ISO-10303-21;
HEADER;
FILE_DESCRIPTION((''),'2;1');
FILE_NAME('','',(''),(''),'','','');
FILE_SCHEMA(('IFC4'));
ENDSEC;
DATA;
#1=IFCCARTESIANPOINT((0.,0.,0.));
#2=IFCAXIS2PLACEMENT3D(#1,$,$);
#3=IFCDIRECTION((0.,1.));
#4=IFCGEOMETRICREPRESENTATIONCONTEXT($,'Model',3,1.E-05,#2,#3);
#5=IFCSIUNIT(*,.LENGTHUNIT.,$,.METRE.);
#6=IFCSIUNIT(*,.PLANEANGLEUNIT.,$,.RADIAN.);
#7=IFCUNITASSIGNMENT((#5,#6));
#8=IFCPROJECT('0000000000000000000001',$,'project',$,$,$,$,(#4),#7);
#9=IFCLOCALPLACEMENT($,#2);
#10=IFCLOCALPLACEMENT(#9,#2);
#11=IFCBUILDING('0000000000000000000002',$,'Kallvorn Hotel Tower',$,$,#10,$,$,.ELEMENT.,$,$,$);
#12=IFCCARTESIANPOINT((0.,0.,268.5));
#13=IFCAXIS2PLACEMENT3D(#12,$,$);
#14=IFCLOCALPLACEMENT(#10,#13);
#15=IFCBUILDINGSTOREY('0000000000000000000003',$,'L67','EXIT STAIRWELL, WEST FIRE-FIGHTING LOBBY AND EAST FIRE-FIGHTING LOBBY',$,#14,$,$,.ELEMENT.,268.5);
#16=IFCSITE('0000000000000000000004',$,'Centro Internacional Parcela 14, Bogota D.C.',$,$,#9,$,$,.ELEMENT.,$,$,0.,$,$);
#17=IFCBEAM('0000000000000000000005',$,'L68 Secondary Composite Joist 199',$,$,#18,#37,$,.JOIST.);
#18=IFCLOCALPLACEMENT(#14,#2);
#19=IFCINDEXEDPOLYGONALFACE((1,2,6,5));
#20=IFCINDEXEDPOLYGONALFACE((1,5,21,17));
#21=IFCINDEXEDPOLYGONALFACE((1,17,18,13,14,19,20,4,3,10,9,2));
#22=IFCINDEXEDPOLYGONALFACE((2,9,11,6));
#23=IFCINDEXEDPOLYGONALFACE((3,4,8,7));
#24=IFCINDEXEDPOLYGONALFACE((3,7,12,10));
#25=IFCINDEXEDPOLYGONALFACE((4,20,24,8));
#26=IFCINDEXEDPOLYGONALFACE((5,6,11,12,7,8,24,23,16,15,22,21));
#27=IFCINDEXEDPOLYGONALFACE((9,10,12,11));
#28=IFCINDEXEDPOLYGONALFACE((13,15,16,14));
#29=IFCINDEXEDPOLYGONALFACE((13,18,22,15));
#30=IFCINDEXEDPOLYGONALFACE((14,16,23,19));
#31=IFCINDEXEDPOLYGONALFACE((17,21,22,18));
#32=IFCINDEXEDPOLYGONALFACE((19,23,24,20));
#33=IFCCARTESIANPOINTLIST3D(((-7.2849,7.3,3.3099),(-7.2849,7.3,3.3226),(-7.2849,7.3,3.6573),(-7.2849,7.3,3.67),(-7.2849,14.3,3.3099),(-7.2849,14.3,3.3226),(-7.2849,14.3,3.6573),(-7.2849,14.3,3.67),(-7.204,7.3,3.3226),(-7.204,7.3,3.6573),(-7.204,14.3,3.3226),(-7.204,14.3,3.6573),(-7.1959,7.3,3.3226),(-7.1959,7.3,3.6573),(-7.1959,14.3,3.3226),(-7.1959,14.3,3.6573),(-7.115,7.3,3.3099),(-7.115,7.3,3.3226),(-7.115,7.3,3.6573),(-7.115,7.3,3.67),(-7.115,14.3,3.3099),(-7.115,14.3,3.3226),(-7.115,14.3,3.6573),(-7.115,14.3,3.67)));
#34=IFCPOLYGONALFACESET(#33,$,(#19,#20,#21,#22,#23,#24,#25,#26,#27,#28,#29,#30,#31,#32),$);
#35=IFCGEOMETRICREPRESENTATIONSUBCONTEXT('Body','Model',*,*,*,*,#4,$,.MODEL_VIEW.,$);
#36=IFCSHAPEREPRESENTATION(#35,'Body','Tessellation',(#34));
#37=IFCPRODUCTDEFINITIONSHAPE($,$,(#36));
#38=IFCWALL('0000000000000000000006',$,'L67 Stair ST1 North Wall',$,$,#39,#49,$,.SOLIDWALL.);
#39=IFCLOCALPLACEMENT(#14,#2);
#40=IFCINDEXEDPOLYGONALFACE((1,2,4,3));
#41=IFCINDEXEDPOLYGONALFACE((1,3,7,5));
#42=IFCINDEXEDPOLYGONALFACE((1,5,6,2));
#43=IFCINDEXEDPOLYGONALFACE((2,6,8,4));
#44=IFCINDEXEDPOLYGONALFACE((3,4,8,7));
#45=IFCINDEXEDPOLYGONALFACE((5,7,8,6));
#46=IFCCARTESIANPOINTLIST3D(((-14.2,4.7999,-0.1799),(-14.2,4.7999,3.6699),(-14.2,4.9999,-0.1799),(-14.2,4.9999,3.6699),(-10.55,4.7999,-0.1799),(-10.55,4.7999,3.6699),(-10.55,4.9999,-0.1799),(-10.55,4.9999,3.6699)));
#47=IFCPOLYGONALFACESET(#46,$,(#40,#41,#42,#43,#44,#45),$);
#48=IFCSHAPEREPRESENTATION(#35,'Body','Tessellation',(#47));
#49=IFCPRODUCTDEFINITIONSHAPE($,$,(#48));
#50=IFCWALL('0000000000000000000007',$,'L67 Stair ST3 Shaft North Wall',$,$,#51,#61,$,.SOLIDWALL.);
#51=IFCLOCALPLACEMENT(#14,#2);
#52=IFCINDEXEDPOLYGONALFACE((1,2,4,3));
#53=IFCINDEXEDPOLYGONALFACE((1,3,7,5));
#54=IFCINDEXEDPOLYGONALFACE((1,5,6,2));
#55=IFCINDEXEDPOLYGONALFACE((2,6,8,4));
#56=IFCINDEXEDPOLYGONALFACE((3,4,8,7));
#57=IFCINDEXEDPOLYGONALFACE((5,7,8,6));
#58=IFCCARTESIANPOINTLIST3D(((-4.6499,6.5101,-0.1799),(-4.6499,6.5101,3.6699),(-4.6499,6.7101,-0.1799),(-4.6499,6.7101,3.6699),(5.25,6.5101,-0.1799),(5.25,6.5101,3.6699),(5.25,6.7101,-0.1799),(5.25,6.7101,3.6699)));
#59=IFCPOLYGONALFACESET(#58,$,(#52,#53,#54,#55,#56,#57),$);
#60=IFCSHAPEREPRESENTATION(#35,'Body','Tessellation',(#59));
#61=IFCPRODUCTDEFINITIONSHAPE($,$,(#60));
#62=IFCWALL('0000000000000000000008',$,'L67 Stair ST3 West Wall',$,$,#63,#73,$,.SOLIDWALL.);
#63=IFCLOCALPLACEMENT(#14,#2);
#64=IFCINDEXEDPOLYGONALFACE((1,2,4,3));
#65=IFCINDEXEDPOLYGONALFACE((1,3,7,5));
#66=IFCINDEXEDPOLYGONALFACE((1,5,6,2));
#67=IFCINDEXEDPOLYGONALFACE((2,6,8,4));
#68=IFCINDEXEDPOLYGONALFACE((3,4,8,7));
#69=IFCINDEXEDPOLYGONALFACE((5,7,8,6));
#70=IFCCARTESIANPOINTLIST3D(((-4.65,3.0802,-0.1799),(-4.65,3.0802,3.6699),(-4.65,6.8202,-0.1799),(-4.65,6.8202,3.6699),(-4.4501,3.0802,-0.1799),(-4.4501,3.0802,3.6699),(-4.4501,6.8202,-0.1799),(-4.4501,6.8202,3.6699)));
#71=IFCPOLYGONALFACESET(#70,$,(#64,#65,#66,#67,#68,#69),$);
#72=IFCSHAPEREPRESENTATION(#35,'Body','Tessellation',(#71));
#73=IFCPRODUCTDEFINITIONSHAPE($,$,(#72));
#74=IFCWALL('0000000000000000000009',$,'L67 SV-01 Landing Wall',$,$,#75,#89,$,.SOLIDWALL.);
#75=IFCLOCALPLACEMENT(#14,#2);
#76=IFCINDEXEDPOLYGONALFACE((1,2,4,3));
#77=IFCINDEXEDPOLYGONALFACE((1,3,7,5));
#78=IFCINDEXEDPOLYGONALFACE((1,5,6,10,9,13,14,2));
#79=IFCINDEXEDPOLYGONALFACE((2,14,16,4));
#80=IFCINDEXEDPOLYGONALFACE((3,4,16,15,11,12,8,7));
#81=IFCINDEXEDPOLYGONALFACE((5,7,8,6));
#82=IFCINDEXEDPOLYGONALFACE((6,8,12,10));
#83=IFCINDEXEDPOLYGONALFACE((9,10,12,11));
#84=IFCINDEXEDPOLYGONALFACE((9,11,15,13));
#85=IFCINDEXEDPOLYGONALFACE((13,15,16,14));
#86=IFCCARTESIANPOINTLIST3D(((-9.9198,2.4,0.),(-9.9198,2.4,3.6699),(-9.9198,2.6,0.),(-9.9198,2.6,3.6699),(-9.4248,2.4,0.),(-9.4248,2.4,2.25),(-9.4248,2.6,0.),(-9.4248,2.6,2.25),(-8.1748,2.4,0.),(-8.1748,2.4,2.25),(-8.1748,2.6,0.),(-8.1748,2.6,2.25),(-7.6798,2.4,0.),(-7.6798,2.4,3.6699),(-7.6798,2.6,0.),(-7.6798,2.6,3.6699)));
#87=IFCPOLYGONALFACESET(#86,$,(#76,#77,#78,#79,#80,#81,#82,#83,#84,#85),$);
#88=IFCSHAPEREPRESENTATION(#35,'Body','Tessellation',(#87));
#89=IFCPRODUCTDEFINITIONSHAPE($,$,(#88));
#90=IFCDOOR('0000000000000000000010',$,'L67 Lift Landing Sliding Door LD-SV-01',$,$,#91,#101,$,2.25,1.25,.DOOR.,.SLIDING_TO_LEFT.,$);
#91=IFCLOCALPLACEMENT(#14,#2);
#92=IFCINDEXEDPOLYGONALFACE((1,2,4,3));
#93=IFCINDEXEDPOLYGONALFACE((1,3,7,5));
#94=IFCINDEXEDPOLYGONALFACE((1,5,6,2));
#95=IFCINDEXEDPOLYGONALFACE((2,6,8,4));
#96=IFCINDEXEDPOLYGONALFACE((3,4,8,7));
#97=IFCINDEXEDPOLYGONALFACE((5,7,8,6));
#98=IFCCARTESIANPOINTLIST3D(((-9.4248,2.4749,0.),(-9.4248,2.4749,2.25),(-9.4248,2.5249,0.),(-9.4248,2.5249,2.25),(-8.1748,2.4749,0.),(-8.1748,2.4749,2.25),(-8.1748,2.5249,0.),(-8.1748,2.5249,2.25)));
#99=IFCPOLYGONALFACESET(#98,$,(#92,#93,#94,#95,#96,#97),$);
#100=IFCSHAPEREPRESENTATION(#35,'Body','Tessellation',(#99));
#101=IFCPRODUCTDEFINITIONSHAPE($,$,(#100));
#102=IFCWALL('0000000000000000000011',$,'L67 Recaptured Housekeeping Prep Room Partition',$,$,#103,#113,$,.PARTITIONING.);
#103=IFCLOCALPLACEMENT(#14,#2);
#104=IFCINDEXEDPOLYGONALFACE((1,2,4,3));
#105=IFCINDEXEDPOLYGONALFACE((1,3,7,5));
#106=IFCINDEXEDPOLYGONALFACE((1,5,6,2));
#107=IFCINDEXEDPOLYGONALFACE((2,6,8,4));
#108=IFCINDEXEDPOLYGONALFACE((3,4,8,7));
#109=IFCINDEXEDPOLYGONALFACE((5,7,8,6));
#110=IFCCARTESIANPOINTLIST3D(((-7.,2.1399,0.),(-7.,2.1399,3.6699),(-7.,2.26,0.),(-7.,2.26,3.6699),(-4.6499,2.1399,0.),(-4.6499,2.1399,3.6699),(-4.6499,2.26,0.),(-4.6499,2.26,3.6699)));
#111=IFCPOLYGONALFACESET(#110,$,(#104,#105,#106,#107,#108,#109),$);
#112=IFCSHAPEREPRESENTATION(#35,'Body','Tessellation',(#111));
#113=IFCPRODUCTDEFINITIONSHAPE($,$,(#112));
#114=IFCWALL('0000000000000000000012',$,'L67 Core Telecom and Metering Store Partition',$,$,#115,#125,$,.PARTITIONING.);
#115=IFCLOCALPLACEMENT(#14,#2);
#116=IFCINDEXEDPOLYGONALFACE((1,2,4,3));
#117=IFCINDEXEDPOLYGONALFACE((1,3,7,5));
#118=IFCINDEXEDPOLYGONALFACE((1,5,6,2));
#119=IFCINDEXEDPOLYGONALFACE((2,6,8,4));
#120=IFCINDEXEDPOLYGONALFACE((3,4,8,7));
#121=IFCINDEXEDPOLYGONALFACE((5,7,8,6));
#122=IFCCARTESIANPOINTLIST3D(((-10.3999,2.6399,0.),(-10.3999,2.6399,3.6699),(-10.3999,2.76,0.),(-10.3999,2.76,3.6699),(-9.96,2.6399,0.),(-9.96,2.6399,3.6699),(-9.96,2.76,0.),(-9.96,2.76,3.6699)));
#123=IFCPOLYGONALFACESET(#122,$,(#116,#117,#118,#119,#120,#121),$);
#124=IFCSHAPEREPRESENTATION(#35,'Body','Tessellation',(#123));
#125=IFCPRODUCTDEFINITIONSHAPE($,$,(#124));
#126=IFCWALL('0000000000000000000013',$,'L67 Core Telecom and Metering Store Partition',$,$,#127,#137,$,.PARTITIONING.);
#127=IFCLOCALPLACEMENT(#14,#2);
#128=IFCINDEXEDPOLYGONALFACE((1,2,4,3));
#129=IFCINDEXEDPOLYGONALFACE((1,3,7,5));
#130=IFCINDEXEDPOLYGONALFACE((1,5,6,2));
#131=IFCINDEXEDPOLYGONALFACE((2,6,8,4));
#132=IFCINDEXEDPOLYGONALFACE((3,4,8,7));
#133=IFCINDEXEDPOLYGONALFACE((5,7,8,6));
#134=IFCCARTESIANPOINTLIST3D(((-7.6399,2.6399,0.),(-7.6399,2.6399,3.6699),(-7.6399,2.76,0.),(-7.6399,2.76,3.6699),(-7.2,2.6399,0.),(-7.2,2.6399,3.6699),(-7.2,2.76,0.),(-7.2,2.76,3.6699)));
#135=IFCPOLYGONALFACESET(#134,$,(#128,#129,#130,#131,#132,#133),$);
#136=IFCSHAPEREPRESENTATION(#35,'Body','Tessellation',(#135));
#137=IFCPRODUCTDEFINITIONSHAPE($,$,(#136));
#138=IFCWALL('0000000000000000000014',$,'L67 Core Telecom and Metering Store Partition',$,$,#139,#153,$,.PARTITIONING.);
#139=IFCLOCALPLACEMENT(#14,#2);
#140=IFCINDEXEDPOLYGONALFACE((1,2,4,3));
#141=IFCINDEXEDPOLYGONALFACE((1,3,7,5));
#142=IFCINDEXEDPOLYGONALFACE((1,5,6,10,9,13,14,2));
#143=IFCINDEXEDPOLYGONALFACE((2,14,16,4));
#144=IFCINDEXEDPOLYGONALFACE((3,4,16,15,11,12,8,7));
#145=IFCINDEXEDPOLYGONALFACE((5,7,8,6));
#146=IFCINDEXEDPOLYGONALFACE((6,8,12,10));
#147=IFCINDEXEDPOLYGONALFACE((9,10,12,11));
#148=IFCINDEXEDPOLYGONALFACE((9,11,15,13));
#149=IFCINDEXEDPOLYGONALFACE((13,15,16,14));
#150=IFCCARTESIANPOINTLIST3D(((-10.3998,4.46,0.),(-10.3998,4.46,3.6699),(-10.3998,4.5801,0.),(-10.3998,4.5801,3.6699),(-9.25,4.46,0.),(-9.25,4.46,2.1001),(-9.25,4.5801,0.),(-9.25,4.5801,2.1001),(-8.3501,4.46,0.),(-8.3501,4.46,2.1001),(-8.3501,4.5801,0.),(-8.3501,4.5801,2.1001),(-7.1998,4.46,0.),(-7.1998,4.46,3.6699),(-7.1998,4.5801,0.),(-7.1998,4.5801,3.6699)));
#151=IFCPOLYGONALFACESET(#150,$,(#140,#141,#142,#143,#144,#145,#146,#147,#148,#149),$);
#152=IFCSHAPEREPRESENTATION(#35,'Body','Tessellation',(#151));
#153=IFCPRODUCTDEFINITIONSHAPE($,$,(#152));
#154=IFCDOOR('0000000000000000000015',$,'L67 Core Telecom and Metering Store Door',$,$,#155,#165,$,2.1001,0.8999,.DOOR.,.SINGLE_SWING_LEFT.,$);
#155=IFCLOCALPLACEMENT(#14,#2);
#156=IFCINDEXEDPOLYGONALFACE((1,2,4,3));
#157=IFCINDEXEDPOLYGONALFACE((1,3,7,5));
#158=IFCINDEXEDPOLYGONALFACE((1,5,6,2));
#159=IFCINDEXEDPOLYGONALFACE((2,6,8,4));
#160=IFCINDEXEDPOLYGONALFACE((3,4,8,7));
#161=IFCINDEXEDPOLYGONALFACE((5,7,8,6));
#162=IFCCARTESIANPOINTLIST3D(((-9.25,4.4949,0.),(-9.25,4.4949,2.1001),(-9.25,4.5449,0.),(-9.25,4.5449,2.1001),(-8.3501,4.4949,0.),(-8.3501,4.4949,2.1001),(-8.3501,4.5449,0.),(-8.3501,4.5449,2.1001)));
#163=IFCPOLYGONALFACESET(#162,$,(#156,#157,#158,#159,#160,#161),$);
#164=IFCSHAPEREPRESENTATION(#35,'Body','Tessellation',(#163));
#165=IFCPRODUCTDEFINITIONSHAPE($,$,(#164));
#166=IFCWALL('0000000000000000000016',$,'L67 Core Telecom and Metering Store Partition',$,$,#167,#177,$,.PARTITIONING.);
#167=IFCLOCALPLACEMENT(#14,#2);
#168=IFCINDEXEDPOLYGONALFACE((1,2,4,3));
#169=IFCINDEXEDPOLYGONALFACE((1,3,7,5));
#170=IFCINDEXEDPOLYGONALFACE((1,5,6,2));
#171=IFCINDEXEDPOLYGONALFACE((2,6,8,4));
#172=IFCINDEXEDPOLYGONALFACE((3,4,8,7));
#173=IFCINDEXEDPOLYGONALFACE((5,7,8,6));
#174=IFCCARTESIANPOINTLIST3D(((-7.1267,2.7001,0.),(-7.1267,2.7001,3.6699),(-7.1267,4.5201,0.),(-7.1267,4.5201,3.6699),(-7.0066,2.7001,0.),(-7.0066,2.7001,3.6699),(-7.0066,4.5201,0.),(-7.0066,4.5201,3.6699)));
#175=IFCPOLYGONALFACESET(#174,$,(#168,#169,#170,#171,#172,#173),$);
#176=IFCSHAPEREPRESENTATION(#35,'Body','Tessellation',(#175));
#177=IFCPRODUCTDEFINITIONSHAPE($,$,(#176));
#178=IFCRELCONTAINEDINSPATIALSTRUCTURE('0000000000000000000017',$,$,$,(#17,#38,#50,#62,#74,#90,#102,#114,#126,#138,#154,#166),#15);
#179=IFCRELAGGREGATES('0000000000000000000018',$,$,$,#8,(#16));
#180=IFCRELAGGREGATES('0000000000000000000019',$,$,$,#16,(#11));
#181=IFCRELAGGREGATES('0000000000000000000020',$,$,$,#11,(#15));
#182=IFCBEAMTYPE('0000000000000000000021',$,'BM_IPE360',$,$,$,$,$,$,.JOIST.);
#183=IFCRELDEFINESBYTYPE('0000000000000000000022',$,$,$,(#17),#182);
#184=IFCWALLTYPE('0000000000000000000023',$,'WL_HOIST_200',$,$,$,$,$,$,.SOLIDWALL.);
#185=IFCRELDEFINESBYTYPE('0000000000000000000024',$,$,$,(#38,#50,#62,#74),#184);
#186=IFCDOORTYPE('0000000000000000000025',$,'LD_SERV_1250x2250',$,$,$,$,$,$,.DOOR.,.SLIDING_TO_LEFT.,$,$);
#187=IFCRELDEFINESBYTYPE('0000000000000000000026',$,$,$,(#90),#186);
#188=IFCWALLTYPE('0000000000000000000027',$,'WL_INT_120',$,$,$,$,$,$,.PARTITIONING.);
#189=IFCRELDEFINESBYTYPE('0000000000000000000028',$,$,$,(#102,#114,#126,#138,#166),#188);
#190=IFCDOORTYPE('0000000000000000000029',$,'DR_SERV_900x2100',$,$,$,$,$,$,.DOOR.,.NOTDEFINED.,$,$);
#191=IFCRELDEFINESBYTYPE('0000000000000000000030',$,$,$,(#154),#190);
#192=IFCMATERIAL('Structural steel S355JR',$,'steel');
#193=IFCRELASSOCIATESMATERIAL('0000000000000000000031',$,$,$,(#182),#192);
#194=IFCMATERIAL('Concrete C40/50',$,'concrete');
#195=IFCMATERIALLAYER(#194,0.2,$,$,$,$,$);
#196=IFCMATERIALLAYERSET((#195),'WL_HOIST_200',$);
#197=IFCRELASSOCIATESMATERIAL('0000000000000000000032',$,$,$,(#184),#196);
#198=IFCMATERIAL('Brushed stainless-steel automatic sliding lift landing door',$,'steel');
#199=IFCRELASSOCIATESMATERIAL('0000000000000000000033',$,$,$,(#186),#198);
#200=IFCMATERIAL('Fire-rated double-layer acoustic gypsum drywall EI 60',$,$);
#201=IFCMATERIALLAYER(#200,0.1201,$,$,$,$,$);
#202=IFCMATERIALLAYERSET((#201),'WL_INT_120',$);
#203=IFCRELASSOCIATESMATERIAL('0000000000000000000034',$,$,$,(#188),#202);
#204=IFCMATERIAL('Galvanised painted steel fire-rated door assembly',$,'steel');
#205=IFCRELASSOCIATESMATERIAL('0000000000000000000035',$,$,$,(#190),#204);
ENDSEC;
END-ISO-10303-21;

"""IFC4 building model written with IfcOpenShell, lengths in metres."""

from ifc_helpers import new_model, si_unit, direction, frame, frame_2d, origin, origin_2d, place, context, subcontext, project, spatial, rectangle, i_section, extrude, material, layer, layer_set, material_profile, profile_set, type_object, element, fill, save


model = new_model("IFC4")

# Units and contexts
model_context = context("Model", 3, precision=1e-05, world=origin(), true_north=direction((0.0, 1.0)))
body_context = subcontext(model_context, "Body", "Model", "MODEL_VIEW")
ifc_project = project(units=[si_unit("LENGTHUNIT", "METRE"), si_unit("PLANEANGLEUNIT", "RADIAN")], contexts=[model_context])

# Site, building, storey
site_placement = place(None, origin())
site = spatial("IfcSite", under=ifc_project, at=site_placement, Name="Centro Internacional Parcela 14, Bogota D.C.", CompositionType="ELEMENT", RefElevation=0.0)
building_placement = place(site_placement, origin())
building = spatial("IfcBuilding", under=site, at=building_placement, Name="Kallvorn Hotel Tower", CompositionType="ELEMENT")
storey_placement = place(building_placement, frame((0.0, 0.0, 268.5)))
storey = spatial("IfcBuildingStorey", under=building, at=storey_placement, Name="L67", Description="EXIT STAIRWELL, WEST FIRE-FIGHTING LOBBY AND EAST FIRE-FIGHTING LOBBY", CompositionType="ELEMENT", Elevation=268.5)

# Beam
ifc_material_1 = material(Name="Structural steel S355JR", Category="steel")
ifc_material_profile_1 = material_profile(ifc_material_1, i_section(OverallWidth=0.1699, OverallDepth=0.3601, WebThickness=0.0081, FlangeThickness=0.0127, at=origin_2d()), Name="IPE 360")
ifc_profile_set_1 = profile_set([ifc_material_profile_1], Name="Structural steel S355JR")
beam_type_1 = type_object("IfcBeamType", Name="BM_IPE360", PredefinedType="JOIST", material=ifc_profile_set_1)
for number, where, z_axis, x_axis, name in (
    (1, (-7.2, 7.3, 3.49), (0.0, 1.0, 0.0), (-1.0, 0.0, 0.0), "L68 Secondary Composite Joist 199"),
):
    element("IfcBeam", number, at=place(storey_placement, frame(where, z_axis=z_axis, x_axis=x_axis)), inside=storey, type_object=beam_type_1, Name=name, PredefinedType="JOIST", context=body_context, shape_type="SweptSolid", body=[
        extrude(i_section(OverallWidth=0.1699, OverallDepth=0.3601, WebThickness=0.0081, FlangeThickness=0.0127, at=origin_2d()), origin(), (0.0, 0.0, 1.0), 7.0),
    ])

# Walls
ifc_material_2 = material(Name="Concrete C40/50", Category="concrete")
ifc_layer_1 = layer(ifc_material_2, 0.2)
ifc_layer_set_1 = layer_set([ifc_layer_1], Name="WL_HOIST_200")
wall_type_1 = type_object("IfcWallType", Name="WL_HOIST_200", PredefinedType="SOLIDWALL", material=ifc_layer_set_1)
wall_1_placement = place(storey_placement, frame((-14.2, 4.8999, -0.1799), z_axis=(0.0, 0.0, 1.0), x_axis=(1.0, 0.0, 0.0)))
element("IfcWall", 2, at=wall_1_placement, inside=storey, type_object=wall_type_1, Name="L67 Stair ST1 North Wall", PredefinedType="SOLIDWALL", context=body_context, shape_type="SweptSolid", body=[
    extrude(rectangle(XDim=3.6499, YDim=0.2, at=frame_2d((1.825, 0.0))), origin(), (0.0, 0.0, 1.0), 3.8499),
])
wall_2_placement = place(storey_placement, frame((-4.6499, 6.6101, -0.1799), z_axis=(0.0, 0.0, 1.0), x_axis=(1.0, 0.0, 0.0)))
element("IfcWall", 3, at=wall_2_placement, inside=storey, type_object=wall_type_1, Name="L67 Stair ST3 Shaft North Wall", PredefinedType="SOLIDWALL", context=body_context, shape_type="SweptSolid", body=[
    extrude(rectangle(XDim=9.8999, YDim=0.2, at=frame_2d((4.95, 0.0))), origin(), (0.0, 0.0, 1.0), 3.8499),
])
wall_3_placement = place(storey_placement, frame((-4.55, 3.0801, -0.1799), z_axis=(0.0, 0.0, 1.0), x_axis=(0.0, 1.0, 0.0)))
element("IfcWall", 4, at=wall_3_placement, inside=storey, type_object=wall_type_1, Name="L67 Stair ST3 West Wall", PredefinedType="SOLIDWALL", context=body_context, shape_type="SweptSolid", body=[
    extrude(rectangle(XDim=3.74, YDim=0.2, at=frame_2d((1.8701, 0.0))), origin(), (0.0, 0.0, 1.0), 3.8499),
])

# Wall, opening, door
wall_4_placement = place(storey_placement, frame((-9.9199, 2.5, 0.0), z_axis=(0.0, 0.0, 1.0), x_axis=(1.0, 0.0, 0.0)))
wall_4 = element("IfcWall", 5, at=wall_4_placement, inside=storey, type_object=wall_type_1, Name="L67 SV-01 Landing Wall", PredefinedType="SOLIDWALL", context=body_context, shape_type="SweptSolid", body=[
    extrude(rectangle(XDim=2.24, YDim=0.2, at=frame_2d((1.1201, 0.0))), origin(), (0.0, 0.0, 1.0), 3.6699),
])
opening_1_placement = place(wall_4_placement, frame((0.4951, 0.0, 0.0)))
opening_1 = element("IfcOpeningElement", 6, at=opening_1_placement, cuts=wall_4, PredefinedType="OPENING", context=body_context, shape_type="SweptSolid", body=[
    extrude(rectangle(XDim=1.25, YDim=2.25, at=frame_2d((0.625, 1.125))), frame((0.0, 0.115, 0.0), z_axis=(0.0, -1.0, 0.0), x_axis=(1.0, 0.0, 0.0)), (0.0, 0.0, 1.0), 0.23),
])
ifc_material_3 = material(Name="Brushed stainless-steel automatic sliding lift landing door", Category="steel")
door_type_1 = type_object("IfcDoorType", Name="LD_SERV_1250x2250", OperationType="SLIDING_TO_LEFT", PredefinedType="DOOR", material=ifc_material_3)
door_1_placement = place(opening_1_placement, origin())
door_1 = element("IfcDoor", 7, at=door_1_placement, inside=storey, type_object=door_type_1, Name="L67 Lift Landing Sliding Door LD-SV-01", OperationType="SLIDING_TO_LEFT", OverallHeight=2.25, OverallWidth=1.25, PredefinedType="DOOR", context=body_context, shape_type="SweptSolid", body=[
    extrude(rectangle(XDim=1.25, YDim=2.25, at=frame_2d((0.625, 1.125))), frame((0.0, 0.0249, 0.0), z_axis=(0.0, -1.0, 0.0), x_axis=(1.0, 0.0, 0.0)), (0.0, 0.0, 1.0), 0.05),
])
fill(opening_1, door_1)

# Walls
ifc_material_4 = material(Name="Fire-rated double-layer acoustic gypsum drywall EI 60")
ifc_layer_2 = layer(ifc_material_4, 0.1201)
ifc_layer_set_2 = layer_set([ifc_layer_2], Name="WL_INT_120")
wall_type_2 = type_object("IfcWallType", Name="WL_INT_120", PredefinedType="PARTITIONING", material=ifc_layer_set_2)
wall_5_placement = place(storey_placement, frame((-7.0, 2.2, 0.0), z_axis=(0.0, 0.0, 1.0), x_axis=(1.0, 0.0, 0.0)))
element("IfcWall", 8, at=wall_5_placement, inside=storey, type_object=wall_type_2, Name="L67 Recaptured Housekeeping Prep Room Partition", PredefinedType="PARTITIONING", context=body_context, shape_type="SweptSolid", body=[
    extrude(rectangle(XDim=2.3501, YDim=0.1201, at=frame_2d((1.175, 0.0))), origin(), (0.0, 0.0, 1.0), 3.6699),
])
for number, where, z_axis, x_axis, name in (
    (9, (-10.3999, 2.7, 0.0), (0.0, 0.0, 1.0), (1.0, 0.0, 0.0), "L67 Core Telecom and Metering Store Partition"),
    (10, (-7.6399, 2.7, 0.0), (0.0, 0.0, 1.0), (1.0, 0.0, 0.0), "L67 Core Telecom and Metering Store Partition"),
):
    element("IfcWall", number, at=place(storey_placement, frame(where, z_axis=z_axis, x_axis=x_axis)), inside=storey, type_object=wall_type_2, Name=name, PredefinedType="PARTITIONING", context=body_context, shape_type="SweptSolid", body=[
        extrude(rectangle(XDim=0.4399, YDim=0.1201, at=frame_2d((0.22, 0.0))), origin(), (0.0, 0.0, 1.0), 3.6699),
    ])

# Wall, opening, door
wall_6_placement = place(storey_placement, frame((-10.3999, 4.52, 0.0), z_axis=(0.0, 0.0, 1.0), x_axis=(1.0, 0.0, 0.0)))
wall_6 = element("IfcWall", 11, at=wall_6_placement, inside=storey, type_object=wall_type_2, Name="L67 Core Telecom and Metering Store Partition", PredefinedType="PARTITIONING", context=body_context, shape_type="SweptSolid", body=[
    extrude(rectangle(XDim=3.2, YDim=0.1201, at=frame_2d((1.6001, 0.0))), origin(), (0.0, 0.0, 1.0), 3.6699),
])
opening_2_placement = place(wall_6_placement, frame((1.1499, 0.0, 0.0)))
opening_2 = element("IfcOpeningElement", 12, at=opening_2_placement, cuts=wall_6, PredefinedType="OPENING", context=body_context, shape_type="SweptSolid", body=[
    extrude(rectangle(XDim=0.8999, YDim=2.1001, at=frame_2d((0.45, 1.05))), frame((0.0, 0.075, 0.0), z_axis=(0.0, -1.0, 0.0), x_axis=(1.0, 0.0, 0.0)), (0.0, 0.0, 1.0), 0.1501),
])
ifc_material_5 = material(Name="Galvanised painted steel fire-rated door assembly", Category="steel")
door_type_2 = type_object("IfcDoorType", Name="DR_SERV_900x2100", OperationType="NOTDEFINED", PredefinedType="DOOR", material=ifc_material_5)
door_2_placement = place(opening_2_placement, origin())
door_2 = element("IfcDoor", 13, at=door_2_placement, inside=storey, type_object=door_type_2, Name="L67 Core Telecom and Metering Store Door", OperationType="SINGLE_SWING_LEFT", OverallHeight=2.1001, OverallWidth=0.8999, PredefinedType="DOOR", context=body_context, shape_type="SweptSolid", body=[
    extrude(rectangle(XDim=0.8999, YDim=2.1001, at=frame_2d((0.45, 1.05))), frame((0.0, 0.0249, 0.0), z_axis=(0.0, -1.0, 0.0), x_axis=(1.0, 0.0, 0.0)), (0.0, 0.0, 1.0), 0.05),
])
fill(opening_2, door_2)

# Wall
wall_7_placement = place(storey_placement, frame((-7.0667, 2.7, 0.0), z_axis=(0.0, 0.0, 1.0), x_axis=(0.0, 1.0, 0.0)))
element("IfcWall", 14, at=wall_7_placement, inside=storey, type_object=wall_type_2, Name="L67 Core Telecom and Metering Store Partition", PredefinedType="PARTITIONING", context=body_context, shape_type="SweptSolid", body=[
    extrude(rectangle(XDim=1.8201, YDim=0.1201, at=frame_2d((0.9102, 0.0))), origin(), (0.0, 0.0, 1.0), 3.6699),
])

save(model, "model.ifc")
